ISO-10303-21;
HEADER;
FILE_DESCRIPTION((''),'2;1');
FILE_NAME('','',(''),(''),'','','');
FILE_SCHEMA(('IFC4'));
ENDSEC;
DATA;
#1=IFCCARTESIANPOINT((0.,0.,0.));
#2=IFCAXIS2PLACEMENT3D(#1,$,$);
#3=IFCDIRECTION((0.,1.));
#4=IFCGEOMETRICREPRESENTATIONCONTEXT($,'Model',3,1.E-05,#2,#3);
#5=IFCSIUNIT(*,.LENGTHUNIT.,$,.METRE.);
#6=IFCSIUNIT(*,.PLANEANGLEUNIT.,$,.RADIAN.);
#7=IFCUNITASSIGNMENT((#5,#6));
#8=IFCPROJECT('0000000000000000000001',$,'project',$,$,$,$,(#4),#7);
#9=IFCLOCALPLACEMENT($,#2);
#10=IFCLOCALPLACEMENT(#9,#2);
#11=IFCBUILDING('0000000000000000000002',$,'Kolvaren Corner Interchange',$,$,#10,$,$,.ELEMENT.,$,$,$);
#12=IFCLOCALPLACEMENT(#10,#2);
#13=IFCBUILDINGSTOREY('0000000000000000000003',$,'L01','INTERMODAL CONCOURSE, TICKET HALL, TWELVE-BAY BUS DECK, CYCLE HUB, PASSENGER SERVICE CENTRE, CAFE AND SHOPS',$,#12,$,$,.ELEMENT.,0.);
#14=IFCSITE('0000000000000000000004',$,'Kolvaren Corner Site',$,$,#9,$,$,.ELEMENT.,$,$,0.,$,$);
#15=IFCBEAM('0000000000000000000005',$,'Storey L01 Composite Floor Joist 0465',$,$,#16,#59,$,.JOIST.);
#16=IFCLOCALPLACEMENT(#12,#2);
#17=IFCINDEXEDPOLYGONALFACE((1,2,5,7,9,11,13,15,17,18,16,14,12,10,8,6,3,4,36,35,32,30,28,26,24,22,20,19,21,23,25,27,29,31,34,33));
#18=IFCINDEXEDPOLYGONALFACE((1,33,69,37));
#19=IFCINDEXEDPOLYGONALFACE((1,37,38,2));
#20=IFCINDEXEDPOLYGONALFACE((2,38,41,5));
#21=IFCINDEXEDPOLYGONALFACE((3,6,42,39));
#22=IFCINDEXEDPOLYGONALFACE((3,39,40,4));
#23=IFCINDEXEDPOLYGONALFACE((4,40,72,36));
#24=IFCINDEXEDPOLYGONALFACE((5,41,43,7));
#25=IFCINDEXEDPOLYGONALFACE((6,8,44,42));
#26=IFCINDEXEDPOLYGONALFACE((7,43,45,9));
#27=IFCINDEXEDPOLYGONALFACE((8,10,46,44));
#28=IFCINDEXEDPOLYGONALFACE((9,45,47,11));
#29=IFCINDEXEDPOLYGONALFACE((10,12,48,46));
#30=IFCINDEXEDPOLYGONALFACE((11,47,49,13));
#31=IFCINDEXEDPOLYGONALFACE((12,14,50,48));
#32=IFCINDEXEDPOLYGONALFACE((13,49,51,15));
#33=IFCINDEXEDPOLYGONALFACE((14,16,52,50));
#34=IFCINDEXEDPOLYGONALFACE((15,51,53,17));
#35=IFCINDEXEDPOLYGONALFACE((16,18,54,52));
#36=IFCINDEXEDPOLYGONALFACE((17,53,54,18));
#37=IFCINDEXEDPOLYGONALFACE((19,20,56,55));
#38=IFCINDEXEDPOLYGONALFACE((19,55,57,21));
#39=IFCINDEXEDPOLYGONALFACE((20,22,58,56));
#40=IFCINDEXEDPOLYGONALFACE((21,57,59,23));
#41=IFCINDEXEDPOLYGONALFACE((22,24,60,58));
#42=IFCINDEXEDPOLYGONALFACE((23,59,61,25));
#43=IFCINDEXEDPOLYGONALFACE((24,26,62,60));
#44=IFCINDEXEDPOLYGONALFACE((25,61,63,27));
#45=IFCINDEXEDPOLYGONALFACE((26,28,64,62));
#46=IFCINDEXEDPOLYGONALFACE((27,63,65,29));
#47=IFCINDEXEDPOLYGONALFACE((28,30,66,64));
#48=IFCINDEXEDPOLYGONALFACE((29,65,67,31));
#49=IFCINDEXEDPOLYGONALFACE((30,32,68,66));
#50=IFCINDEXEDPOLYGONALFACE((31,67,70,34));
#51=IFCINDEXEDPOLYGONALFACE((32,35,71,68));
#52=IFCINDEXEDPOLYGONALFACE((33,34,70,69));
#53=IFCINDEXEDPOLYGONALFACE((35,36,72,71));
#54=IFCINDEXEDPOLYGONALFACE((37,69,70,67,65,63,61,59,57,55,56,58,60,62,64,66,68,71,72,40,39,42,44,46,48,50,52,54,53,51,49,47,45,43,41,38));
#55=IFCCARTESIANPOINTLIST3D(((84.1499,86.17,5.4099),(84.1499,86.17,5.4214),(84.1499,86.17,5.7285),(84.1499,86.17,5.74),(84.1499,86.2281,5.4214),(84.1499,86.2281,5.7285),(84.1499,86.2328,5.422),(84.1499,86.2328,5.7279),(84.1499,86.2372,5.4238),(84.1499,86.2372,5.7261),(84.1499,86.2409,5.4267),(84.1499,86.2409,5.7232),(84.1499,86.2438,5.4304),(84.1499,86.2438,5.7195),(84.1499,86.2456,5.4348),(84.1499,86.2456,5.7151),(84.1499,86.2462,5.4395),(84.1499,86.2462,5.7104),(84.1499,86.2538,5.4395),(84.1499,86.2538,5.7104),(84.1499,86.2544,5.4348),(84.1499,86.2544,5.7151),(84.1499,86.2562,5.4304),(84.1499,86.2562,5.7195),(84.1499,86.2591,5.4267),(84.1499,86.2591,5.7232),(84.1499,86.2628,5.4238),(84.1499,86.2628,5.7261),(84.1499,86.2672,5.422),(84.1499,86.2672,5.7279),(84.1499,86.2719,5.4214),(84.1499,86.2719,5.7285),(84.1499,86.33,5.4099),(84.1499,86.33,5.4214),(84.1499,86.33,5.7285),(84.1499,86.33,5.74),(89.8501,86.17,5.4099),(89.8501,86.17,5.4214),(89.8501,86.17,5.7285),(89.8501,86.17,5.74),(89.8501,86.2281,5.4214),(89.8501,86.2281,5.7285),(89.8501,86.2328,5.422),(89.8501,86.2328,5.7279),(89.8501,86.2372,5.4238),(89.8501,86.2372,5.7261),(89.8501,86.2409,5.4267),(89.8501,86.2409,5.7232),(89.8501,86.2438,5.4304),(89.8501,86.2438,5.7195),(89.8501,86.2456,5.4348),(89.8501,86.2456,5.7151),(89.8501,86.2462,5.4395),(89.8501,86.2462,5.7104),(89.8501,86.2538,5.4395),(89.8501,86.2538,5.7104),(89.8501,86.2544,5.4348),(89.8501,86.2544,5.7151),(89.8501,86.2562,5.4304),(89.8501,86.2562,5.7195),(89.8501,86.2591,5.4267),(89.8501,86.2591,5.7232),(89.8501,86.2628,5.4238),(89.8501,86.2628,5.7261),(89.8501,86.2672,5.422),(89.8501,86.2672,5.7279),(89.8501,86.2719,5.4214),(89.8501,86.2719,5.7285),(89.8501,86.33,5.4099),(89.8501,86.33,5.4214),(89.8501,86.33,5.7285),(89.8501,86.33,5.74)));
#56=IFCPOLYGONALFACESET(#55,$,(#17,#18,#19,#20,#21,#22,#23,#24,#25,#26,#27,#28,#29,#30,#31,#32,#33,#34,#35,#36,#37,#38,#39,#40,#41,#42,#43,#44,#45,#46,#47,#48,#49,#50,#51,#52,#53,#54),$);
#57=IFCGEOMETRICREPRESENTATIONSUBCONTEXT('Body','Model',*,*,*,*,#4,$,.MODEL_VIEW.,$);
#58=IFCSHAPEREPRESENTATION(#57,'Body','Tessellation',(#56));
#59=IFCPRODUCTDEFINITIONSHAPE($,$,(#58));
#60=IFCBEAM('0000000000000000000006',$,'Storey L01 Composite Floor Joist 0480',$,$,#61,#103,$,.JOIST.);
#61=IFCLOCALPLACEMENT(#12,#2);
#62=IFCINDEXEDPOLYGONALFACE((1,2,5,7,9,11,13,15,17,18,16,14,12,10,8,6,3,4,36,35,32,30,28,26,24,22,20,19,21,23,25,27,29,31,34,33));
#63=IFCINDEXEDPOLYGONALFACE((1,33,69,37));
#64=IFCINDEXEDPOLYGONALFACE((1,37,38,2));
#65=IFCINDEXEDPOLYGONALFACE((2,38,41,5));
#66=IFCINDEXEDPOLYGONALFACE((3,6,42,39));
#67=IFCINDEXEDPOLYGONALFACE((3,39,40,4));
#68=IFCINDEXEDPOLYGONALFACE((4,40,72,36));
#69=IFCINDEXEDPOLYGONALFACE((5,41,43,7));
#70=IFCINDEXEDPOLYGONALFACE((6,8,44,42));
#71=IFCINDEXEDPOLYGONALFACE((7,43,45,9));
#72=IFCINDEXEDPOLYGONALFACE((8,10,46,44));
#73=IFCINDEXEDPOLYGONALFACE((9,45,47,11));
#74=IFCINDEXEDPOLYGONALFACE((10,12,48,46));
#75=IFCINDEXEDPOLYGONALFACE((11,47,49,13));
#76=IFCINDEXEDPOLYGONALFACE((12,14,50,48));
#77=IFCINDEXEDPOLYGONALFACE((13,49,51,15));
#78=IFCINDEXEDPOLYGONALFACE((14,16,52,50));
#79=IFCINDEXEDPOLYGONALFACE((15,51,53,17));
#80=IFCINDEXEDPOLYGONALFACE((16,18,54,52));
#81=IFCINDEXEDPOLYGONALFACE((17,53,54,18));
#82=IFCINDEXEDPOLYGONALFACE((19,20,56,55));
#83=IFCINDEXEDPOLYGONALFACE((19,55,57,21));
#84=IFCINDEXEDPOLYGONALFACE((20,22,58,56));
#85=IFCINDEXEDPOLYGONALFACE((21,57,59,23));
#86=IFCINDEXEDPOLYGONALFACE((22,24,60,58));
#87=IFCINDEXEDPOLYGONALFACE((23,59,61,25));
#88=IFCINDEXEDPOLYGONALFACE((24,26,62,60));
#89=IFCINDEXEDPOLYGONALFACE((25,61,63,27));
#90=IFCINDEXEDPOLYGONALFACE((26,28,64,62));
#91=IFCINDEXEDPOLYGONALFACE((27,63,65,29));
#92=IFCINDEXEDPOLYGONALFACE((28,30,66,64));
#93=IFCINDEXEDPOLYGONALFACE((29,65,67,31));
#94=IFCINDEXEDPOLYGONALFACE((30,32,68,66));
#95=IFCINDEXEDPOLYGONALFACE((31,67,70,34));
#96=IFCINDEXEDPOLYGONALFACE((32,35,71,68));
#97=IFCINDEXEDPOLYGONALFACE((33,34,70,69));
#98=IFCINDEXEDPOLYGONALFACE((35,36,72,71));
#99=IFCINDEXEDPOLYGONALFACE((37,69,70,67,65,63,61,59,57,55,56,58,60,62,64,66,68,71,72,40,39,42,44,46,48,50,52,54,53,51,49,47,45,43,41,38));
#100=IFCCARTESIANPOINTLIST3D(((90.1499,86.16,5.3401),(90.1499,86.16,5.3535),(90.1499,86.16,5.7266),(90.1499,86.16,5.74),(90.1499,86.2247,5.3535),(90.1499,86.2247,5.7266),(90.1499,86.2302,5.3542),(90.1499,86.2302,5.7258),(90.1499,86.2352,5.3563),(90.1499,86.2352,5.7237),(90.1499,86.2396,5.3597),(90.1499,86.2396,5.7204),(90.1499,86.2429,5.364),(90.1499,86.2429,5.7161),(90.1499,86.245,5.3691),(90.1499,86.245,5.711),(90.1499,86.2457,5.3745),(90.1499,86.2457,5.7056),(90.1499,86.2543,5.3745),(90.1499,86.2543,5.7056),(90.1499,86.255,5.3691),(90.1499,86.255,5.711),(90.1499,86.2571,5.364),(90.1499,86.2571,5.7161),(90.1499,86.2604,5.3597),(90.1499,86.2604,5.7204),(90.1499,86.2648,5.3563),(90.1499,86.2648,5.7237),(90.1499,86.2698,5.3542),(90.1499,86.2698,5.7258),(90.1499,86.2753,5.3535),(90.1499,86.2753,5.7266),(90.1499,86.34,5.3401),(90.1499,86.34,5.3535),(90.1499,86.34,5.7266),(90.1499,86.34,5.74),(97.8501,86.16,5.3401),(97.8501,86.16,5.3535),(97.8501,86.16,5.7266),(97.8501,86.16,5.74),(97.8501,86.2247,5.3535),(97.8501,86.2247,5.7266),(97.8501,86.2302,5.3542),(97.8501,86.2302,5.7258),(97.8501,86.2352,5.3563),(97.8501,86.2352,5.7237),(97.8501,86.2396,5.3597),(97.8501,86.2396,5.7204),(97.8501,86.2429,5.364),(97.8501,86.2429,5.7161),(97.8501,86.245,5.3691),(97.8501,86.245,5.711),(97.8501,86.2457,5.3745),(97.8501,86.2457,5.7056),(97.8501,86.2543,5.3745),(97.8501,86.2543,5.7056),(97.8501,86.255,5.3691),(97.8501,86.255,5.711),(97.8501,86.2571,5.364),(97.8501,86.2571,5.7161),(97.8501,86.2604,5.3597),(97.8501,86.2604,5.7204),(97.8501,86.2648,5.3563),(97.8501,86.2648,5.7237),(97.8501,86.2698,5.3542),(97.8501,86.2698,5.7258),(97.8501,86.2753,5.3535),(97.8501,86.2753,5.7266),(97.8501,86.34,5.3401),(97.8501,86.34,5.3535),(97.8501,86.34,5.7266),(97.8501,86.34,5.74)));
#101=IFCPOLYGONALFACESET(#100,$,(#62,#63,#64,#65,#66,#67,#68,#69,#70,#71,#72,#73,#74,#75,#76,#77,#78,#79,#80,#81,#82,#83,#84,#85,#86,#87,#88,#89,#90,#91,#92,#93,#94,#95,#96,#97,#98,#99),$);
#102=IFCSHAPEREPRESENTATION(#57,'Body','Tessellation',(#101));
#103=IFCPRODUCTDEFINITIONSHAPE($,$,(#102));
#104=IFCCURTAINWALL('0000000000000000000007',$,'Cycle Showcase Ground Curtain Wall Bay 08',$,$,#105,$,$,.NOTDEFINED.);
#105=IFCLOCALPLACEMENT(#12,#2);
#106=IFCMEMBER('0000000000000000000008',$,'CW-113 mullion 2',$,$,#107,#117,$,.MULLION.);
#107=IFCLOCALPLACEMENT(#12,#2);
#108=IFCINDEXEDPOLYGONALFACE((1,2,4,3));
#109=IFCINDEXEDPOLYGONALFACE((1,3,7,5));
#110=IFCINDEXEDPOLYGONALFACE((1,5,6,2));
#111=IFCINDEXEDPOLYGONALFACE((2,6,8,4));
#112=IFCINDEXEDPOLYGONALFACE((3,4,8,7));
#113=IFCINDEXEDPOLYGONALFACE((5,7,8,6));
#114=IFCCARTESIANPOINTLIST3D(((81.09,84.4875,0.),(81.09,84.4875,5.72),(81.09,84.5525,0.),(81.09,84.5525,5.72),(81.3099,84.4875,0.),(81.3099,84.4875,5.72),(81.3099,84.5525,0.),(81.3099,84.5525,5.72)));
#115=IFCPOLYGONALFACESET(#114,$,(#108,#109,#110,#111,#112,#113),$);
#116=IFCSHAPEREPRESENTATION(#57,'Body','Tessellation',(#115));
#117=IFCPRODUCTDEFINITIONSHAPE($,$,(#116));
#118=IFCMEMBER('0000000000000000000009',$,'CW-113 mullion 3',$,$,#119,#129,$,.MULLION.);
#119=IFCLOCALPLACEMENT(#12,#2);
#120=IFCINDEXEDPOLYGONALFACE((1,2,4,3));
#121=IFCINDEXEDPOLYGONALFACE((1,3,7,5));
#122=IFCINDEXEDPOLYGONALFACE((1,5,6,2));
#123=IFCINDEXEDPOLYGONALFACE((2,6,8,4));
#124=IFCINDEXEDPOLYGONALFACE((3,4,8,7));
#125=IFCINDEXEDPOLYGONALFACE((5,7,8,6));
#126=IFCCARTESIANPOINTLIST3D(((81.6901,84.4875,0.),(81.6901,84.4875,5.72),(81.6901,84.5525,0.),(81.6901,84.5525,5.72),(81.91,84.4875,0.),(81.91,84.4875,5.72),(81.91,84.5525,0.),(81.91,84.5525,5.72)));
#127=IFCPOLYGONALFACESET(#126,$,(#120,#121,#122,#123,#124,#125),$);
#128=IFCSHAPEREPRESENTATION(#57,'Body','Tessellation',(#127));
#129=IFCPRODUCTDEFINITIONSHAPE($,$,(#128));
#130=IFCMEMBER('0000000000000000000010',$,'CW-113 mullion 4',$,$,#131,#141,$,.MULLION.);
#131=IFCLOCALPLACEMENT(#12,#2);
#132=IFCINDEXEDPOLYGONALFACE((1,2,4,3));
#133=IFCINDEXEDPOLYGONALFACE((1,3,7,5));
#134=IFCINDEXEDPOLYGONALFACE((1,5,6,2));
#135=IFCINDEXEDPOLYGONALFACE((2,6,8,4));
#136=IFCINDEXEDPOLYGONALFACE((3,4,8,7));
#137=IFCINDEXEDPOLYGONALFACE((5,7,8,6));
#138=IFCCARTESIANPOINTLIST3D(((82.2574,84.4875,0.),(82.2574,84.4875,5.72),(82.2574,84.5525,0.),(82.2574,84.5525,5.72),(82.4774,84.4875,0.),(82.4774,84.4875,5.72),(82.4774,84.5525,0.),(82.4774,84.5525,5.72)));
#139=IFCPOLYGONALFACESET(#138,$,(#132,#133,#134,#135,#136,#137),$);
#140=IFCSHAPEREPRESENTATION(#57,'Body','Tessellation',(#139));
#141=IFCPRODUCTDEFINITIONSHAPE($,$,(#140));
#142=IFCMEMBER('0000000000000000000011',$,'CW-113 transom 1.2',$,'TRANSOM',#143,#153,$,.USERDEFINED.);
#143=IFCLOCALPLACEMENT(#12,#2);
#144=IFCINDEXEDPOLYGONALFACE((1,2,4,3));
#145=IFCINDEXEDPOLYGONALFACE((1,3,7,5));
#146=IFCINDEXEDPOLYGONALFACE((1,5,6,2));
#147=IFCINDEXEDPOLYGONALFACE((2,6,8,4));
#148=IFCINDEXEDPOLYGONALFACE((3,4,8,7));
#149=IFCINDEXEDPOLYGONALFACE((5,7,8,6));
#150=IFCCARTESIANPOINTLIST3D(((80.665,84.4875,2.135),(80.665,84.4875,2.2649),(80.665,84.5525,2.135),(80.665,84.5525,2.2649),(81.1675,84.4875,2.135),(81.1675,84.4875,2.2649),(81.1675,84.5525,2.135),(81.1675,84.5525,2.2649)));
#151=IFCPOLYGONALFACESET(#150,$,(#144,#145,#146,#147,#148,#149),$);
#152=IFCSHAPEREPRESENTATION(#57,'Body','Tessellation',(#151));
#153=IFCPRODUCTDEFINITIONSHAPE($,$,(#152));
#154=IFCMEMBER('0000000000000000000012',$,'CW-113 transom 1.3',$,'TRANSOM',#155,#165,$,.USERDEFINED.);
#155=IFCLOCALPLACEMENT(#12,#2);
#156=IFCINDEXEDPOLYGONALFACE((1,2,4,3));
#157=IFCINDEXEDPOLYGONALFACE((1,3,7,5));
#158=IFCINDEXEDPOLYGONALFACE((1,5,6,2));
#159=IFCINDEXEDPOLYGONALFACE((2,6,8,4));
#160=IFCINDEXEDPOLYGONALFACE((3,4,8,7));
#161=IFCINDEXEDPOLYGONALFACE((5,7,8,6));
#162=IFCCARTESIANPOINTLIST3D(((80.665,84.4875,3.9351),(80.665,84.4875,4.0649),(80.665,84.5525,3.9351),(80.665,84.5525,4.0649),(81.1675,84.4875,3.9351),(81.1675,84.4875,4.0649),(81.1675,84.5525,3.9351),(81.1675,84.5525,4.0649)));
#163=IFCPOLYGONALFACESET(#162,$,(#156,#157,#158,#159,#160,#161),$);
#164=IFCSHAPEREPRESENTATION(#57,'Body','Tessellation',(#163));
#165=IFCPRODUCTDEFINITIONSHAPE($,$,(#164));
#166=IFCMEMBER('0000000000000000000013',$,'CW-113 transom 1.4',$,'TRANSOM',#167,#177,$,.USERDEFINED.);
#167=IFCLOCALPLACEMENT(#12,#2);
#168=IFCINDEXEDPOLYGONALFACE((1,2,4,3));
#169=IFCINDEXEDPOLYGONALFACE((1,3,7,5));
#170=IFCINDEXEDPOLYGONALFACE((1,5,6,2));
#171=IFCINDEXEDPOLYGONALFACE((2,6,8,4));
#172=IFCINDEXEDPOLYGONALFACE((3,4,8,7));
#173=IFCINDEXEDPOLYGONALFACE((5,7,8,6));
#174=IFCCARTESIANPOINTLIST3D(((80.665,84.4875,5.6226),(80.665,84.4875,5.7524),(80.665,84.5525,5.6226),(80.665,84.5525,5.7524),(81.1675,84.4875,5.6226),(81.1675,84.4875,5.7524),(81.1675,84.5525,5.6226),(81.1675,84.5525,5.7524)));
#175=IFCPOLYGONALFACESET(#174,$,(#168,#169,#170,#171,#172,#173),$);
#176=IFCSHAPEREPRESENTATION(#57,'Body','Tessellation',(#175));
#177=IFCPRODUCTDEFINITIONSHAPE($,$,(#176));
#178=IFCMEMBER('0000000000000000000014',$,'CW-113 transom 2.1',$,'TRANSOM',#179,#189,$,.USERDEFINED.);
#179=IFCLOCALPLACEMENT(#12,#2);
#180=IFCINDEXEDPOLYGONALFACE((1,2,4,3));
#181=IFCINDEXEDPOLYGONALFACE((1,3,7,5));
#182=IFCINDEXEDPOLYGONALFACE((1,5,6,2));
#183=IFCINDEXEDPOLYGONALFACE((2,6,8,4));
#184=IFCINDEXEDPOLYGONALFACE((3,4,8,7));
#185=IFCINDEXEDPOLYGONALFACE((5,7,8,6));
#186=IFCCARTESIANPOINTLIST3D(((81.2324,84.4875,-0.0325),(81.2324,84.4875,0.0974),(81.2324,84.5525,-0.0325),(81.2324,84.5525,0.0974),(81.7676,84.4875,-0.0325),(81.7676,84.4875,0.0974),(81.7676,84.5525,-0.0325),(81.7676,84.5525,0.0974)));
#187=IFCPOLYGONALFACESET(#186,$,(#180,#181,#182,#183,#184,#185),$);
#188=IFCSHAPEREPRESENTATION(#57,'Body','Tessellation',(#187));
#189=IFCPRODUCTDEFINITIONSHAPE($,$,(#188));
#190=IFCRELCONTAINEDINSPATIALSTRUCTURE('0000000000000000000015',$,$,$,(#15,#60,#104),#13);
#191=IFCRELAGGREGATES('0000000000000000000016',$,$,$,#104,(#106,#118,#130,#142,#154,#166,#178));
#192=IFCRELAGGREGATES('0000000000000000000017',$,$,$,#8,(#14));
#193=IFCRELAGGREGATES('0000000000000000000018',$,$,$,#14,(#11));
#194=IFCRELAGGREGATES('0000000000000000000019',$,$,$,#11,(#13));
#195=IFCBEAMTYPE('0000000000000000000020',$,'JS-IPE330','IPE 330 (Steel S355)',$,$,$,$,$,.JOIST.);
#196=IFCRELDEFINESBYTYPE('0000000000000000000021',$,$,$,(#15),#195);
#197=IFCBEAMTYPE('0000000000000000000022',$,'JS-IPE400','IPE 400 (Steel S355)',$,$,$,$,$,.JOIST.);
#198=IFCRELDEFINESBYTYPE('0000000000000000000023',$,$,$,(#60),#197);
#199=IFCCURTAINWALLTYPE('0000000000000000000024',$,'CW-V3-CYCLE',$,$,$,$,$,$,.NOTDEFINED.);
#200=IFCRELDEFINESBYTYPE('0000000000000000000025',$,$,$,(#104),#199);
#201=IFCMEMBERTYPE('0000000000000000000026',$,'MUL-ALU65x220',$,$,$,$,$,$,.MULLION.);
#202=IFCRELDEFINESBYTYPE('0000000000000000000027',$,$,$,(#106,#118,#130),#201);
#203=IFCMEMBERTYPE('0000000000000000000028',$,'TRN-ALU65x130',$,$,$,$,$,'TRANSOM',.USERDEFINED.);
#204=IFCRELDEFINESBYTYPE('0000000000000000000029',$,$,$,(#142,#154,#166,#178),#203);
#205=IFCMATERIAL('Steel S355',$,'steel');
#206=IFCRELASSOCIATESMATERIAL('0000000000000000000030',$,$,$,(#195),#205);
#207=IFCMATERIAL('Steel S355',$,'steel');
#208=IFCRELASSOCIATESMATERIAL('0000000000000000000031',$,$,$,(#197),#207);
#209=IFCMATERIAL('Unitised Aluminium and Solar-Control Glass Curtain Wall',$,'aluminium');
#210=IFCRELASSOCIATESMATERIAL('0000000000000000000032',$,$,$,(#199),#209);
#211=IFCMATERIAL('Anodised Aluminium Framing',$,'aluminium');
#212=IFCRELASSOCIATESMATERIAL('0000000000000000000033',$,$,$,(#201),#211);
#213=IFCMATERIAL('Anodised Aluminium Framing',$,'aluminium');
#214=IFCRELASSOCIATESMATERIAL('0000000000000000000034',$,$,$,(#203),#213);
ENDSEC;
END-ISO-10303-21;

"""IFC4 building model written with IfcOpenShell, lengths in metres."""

from ifc_helpers import new_model, si_unit, direction, frame, origin, origin_2d, place, context, subcontext, project, spatial, rectangle, i_section, extrude, material, material_profile, profile_set, type_object, element, aggregate, save


model = new_model("IFC4")

# Units and contexts
model_context = context("Model", 3, precision=1e-05, world=origin(), true_north=direction((0.0, 1.0)))
body_context = subcontext(model_context, "Body", "Model", "MODEL_VIEW")
ifc_project = project(units=[si_unit("LENGTHUNIT", "METRE"), si_unit("PLANEANGLEUNIT", "RADIAN")], contexts=[model_context])

# Site, building, storey
site_placement = place(None, origin())
site = spatial("IfcSite", under=ifc_project, at=site_placement, Name="Kolvaren Corner Site", CompositionType="ELEMENT", RefElevation=0.0)
building_placement = place(site_placement, origin())
building = spatial("IfcBuilding", under=site, at=building_placement, Name="Kolvaren Corner Interchange", CompositionType="ELEMENT")
storey_placement = place(building_placement, origin())
storey = spatial("IfcBuildingStorey", under=building, at=storey_placement, Name="L01", Description="INTERMODAL CONCOURSE, TICKET HALL, TWELVE-BAY BUS DECK, CYCLE HUB, PASSENGER SERVICE CENTRE, CAFE AND SHOPS", CompositionType="ELEMENT", Elevation=0.0)

# Beams
ifc_material_1 = material(Name="Steel S355", Category="steel")
ifc_material_profile_1 = material_profile(ifc_material_1, i_section(OverallWidth=0.1599, OverallDepth=0.3301, WebThickness=0.0076, FlangeThickness=0.0115, FilletRadius=0.0181, at=origin_2d()), Name="IPE 330")
ifc_profile_set_1 = profile_set([ifc_material_profile_1], Name="Steel S355")
beam_type_1 = type_object("IfcBeamType", Name="JS-IPE330", Description="IPE 330 (Steel S355)", PredefinedType="JOIST", material=ifc_profile_set_1)
beam_1_placement = place(storey_placement, frame((84.1499, 86.25, 5.575), z_axis=(1.0, 0.0, 0.0), x_axis=(0.0, 1.0, 0.0)))
element("IfcBeam", 1, at=beam_1_placement, inside=storey, type_object=beam_type_1, Name="Storey L01 Composite Floor Joist 0465", PredefinedType="JOIST", context=body_context, shape_type="SweptSolid", body=[
    extrude(i_section(OverallWidth=0.1599, OverallDepth=0.3301, WebThickness=0.0076, FlangeThickness=0.0115, FilletRadius=0.0181, at=origin_2d()), origin(), (0.0, 0.0, 1.0), 5.7002),
])
ifc_material_2 = material(Name="Steel S355", Category="steel")
ifc_material_profile_2 = material_profile(ifc_material_2, i_section(OverallWidth=0.1799, OverallDepth=0.3999, WebThickness=0.0085, FlangeThickness=0.0134, FilletRadius=0.021, at=origin_2d()), Name="IPE 400")
ifc_profile_set_2 = profile_set([ifc_material_profile_2], Name="Steel S355")
beam_type_2 = type_object("IfcBeamType", Name="JS-IPE400", Description="IPE 400 (Steel S355)", PredefinedType="JOIST", material=ifc_profile_set_2)
beam_2_placement = place(storey_placement, frame((90.1499, 86.25, 5.54), z_axis=(1.0, 0.0, 0.0), x_axis=(0.0, 1.0, 0.0)))
element("IfcBeam", 2, at=beam_2_placement, inside=storey, type_object=beam_type_2, Name="Storey L01 Composite Floor Joist 0480", PredefinedType="JOIST", context=body_context, shape_type="SweptSolid", body=[
    extrude(i_section(OverallWidth=0.1799, OverallDepth=0.3999, WebThickness=0.0085, FlangeThickness=0.0134, FilletRadius=0.021, at=origin_2d()), origin(), (0.0, 0.0, 1.0), 7.7002),
])

# Curtain wall, members
ifc_material_3 = material(Name="Unitised Aluminium and Solar-Control Glass Curtain Wall", Category="aluminium")
curtain_wall_type = type_object("IfcCurtainWallType", Name="CW-V3-CYCLE", PredefinedType="NOTDEFINED", material=ifc_material_3)
curtain_wall_placement = place(storey_placement, origin())
curtain_wall = element("IfcCurtainWall", 3, at=curtain_wall_placement, inside=storey, type_object=curtain_wall_type, Name="Cycle Showcase Ground Curtain Wall Bay 08", PredefinedType="NOTDEFINED")
ifc_material_4 = material(Name="Anodised Aluminium Framing", Category="aluminium")
ifc_material_profile_3 = material_profile(ifc_material_4, rectangle(XDim=0.0649, YDim=0.22, at=origin_2d()), Name="ALU 65x220")
ifc_profile_set_3 = profile_set([ifc_material_profile_3], Name="Anodised Aluminium Framing")
member_type_1 = type_object("IfcMemberType", Name="MUL-ALU65x220", PredefinedType="MULLION", material=ifc_profile_set_3)
member_1_placement = place(storey_placement, frame((81.2, 84.52, 0.0), z_axis=(0.0, 0.0, 1.0), x_axis=(0.0, 1.0, 0.0)))
member_1 = element("IfcMember", 4, at=member_1_placement, type_object=member_type_1, Name="CW-113 mullion 2", PredefinedType="MULLION", context=body_context, shape_type="SweptSolid", body=[
    extrude(rectangle(XDim=0.0649, YDim=0.22, at=origin_2d()), origin(), (0.0, 0.0, 1.0), 5.72),
])
member_2_placement = place(storey_placement, frame((81.8, 84.52, 0.0), z_axis=(0.0, 0.0, 1.0), x_axis=(0.0, 1.0, 0.0)))
member_2 = element("IfcMember", 5, at=member_2_placement, type_object=member_type_1, Name="CW-113 mullion 3", PredefinedType="MULLION", context=body_context, shape_type="SweptSolid", body=[
    extrude(rectangle(XDim=0.0649, YDim=0.22, at=origin_2d()), origin(), (0.0, 0.0, 1.0), 5.72),
])
member_3_placement = place(storey_placement, frame((82.3674, 84.52, 0.0), z_axis=(0.0, 0.0, 1.0), x_axis=(0.0, 1.0, 0.0)))
member_3 = element("IfcMember", 6, at=member_3_placement, type_object=member_type_1, Name="CW-113 mullion 4", PredefinedType="MULLION", context=body_context, shape_type="SweptSolid", body=[
    extrude(rectangle(XDim=0.0649, YDim=0.22, at=origin_2d()), origin(), (0.0, 0.0, 1.0), 5.72),
])
ifc_material_5 = material(Name="Anodised Aluminium Framing", Category="aluminium")
ifc_material_profile_4 = material_profile(ifc_material_5, rectangle(XDim=0.0649, YDim=0.1299, at=origin_2d()), Name="ALU 65x130")
ifc_profile_set_4 = profile_set([ifc_material_profile_4], Name="Anodised Aluminium Framing")
member_type_2 = type_object("IfcMemberType", Name="TRN-ALU65x130", ElementType="TRANSOM", PredefinedType="USERDEFINED", material=ifc_profile_set_4)
member_4_placement = place(storey_placement, frame((80.665, 84.52, 2.2), z_axis=(1.0, 0.0, 0.0), x_axis=(0.0, 1.0, 0.0)))
member_4 = element("IfcMember", 7, at=member_4_placement, type_object=member_type_2, Name="CW-113 transom 1.2", ObjectType="TRANSOM", PredefinedType="USERDEFINED", context=body_context, shape_type="SweptSolid", body=[
    extrude(rectangle(XDim=0.0649, YDim=0.1299, at=origin_2d()), origin(), (0.0, 0.0, 1.0), 0.5024),
])
member_5_placement = place(storey_placement, frame((80.665, 84.52, 4.0), z_axis=(1.0, 0.0, 0.0), x_axis=(0.0, 1.0, 0.0)))
member_5 = element("IfcMember", 8, at=member_5_placement, type_object=member_type_2, Name="CW-113 transom 1.3", ObjectType="TRANSOM", PredefinedType="USERDEFINED", context=body_context, shape_type="SweptSolid", body=[
    extrude(rectangle(XDim=0.0649, YDim=0.1299, at=origin_2d()), origin(), (0.0, 0.0, 1.0), 0.5024),
])
member_6_placement = place(storey_placement, frame((80.665, 84.52, 5.6875), z_axis=(1.0, 0.0, 0.0), x_axis=(0.0, 1.0, 0.0)))
member_6 = element("IfcMember", 9, at=member_6_placement, type_object=member_type_2, Name="CW-113 transom 1.4", ObjectType="TRANSOM", PredefinedType="USERDEFINED", context=body_context, shape_type="SweptSolid", body=[
    extrude(rectangle(XDim=0.0649, YDim=0.1299, at=origin_2d()), origin(), (0.0, 0.0, 1.0), 0.5024),
])
member_7_placement = place(storey_placement, frame((81.2324, 84.52, 0.0325), z_axis=(1.0, 0.0, 0.0), x_axis=(0.0, 1.0, 0.0)))
member_7 = element("IfcMember", 10, at=member_7_placement, type_object=member_type_2, Name="CW-113 transom 2.1", ObjectType="TRANSOM", PredefinedType="USERDEFINED", context=body_context, shape_type="SweptSolid", body=[
    extrude(rectangle(XDim=0.0649, YDim=0.1299, at=origin_2d()), origin(), (0.0, 0.0, 1.0), 0.5352),
])
aggregate(curtain_wall, [member_1, member_2, member_3, member_4, member_5, member_6, member_7])

save(model, "model.ifc")
